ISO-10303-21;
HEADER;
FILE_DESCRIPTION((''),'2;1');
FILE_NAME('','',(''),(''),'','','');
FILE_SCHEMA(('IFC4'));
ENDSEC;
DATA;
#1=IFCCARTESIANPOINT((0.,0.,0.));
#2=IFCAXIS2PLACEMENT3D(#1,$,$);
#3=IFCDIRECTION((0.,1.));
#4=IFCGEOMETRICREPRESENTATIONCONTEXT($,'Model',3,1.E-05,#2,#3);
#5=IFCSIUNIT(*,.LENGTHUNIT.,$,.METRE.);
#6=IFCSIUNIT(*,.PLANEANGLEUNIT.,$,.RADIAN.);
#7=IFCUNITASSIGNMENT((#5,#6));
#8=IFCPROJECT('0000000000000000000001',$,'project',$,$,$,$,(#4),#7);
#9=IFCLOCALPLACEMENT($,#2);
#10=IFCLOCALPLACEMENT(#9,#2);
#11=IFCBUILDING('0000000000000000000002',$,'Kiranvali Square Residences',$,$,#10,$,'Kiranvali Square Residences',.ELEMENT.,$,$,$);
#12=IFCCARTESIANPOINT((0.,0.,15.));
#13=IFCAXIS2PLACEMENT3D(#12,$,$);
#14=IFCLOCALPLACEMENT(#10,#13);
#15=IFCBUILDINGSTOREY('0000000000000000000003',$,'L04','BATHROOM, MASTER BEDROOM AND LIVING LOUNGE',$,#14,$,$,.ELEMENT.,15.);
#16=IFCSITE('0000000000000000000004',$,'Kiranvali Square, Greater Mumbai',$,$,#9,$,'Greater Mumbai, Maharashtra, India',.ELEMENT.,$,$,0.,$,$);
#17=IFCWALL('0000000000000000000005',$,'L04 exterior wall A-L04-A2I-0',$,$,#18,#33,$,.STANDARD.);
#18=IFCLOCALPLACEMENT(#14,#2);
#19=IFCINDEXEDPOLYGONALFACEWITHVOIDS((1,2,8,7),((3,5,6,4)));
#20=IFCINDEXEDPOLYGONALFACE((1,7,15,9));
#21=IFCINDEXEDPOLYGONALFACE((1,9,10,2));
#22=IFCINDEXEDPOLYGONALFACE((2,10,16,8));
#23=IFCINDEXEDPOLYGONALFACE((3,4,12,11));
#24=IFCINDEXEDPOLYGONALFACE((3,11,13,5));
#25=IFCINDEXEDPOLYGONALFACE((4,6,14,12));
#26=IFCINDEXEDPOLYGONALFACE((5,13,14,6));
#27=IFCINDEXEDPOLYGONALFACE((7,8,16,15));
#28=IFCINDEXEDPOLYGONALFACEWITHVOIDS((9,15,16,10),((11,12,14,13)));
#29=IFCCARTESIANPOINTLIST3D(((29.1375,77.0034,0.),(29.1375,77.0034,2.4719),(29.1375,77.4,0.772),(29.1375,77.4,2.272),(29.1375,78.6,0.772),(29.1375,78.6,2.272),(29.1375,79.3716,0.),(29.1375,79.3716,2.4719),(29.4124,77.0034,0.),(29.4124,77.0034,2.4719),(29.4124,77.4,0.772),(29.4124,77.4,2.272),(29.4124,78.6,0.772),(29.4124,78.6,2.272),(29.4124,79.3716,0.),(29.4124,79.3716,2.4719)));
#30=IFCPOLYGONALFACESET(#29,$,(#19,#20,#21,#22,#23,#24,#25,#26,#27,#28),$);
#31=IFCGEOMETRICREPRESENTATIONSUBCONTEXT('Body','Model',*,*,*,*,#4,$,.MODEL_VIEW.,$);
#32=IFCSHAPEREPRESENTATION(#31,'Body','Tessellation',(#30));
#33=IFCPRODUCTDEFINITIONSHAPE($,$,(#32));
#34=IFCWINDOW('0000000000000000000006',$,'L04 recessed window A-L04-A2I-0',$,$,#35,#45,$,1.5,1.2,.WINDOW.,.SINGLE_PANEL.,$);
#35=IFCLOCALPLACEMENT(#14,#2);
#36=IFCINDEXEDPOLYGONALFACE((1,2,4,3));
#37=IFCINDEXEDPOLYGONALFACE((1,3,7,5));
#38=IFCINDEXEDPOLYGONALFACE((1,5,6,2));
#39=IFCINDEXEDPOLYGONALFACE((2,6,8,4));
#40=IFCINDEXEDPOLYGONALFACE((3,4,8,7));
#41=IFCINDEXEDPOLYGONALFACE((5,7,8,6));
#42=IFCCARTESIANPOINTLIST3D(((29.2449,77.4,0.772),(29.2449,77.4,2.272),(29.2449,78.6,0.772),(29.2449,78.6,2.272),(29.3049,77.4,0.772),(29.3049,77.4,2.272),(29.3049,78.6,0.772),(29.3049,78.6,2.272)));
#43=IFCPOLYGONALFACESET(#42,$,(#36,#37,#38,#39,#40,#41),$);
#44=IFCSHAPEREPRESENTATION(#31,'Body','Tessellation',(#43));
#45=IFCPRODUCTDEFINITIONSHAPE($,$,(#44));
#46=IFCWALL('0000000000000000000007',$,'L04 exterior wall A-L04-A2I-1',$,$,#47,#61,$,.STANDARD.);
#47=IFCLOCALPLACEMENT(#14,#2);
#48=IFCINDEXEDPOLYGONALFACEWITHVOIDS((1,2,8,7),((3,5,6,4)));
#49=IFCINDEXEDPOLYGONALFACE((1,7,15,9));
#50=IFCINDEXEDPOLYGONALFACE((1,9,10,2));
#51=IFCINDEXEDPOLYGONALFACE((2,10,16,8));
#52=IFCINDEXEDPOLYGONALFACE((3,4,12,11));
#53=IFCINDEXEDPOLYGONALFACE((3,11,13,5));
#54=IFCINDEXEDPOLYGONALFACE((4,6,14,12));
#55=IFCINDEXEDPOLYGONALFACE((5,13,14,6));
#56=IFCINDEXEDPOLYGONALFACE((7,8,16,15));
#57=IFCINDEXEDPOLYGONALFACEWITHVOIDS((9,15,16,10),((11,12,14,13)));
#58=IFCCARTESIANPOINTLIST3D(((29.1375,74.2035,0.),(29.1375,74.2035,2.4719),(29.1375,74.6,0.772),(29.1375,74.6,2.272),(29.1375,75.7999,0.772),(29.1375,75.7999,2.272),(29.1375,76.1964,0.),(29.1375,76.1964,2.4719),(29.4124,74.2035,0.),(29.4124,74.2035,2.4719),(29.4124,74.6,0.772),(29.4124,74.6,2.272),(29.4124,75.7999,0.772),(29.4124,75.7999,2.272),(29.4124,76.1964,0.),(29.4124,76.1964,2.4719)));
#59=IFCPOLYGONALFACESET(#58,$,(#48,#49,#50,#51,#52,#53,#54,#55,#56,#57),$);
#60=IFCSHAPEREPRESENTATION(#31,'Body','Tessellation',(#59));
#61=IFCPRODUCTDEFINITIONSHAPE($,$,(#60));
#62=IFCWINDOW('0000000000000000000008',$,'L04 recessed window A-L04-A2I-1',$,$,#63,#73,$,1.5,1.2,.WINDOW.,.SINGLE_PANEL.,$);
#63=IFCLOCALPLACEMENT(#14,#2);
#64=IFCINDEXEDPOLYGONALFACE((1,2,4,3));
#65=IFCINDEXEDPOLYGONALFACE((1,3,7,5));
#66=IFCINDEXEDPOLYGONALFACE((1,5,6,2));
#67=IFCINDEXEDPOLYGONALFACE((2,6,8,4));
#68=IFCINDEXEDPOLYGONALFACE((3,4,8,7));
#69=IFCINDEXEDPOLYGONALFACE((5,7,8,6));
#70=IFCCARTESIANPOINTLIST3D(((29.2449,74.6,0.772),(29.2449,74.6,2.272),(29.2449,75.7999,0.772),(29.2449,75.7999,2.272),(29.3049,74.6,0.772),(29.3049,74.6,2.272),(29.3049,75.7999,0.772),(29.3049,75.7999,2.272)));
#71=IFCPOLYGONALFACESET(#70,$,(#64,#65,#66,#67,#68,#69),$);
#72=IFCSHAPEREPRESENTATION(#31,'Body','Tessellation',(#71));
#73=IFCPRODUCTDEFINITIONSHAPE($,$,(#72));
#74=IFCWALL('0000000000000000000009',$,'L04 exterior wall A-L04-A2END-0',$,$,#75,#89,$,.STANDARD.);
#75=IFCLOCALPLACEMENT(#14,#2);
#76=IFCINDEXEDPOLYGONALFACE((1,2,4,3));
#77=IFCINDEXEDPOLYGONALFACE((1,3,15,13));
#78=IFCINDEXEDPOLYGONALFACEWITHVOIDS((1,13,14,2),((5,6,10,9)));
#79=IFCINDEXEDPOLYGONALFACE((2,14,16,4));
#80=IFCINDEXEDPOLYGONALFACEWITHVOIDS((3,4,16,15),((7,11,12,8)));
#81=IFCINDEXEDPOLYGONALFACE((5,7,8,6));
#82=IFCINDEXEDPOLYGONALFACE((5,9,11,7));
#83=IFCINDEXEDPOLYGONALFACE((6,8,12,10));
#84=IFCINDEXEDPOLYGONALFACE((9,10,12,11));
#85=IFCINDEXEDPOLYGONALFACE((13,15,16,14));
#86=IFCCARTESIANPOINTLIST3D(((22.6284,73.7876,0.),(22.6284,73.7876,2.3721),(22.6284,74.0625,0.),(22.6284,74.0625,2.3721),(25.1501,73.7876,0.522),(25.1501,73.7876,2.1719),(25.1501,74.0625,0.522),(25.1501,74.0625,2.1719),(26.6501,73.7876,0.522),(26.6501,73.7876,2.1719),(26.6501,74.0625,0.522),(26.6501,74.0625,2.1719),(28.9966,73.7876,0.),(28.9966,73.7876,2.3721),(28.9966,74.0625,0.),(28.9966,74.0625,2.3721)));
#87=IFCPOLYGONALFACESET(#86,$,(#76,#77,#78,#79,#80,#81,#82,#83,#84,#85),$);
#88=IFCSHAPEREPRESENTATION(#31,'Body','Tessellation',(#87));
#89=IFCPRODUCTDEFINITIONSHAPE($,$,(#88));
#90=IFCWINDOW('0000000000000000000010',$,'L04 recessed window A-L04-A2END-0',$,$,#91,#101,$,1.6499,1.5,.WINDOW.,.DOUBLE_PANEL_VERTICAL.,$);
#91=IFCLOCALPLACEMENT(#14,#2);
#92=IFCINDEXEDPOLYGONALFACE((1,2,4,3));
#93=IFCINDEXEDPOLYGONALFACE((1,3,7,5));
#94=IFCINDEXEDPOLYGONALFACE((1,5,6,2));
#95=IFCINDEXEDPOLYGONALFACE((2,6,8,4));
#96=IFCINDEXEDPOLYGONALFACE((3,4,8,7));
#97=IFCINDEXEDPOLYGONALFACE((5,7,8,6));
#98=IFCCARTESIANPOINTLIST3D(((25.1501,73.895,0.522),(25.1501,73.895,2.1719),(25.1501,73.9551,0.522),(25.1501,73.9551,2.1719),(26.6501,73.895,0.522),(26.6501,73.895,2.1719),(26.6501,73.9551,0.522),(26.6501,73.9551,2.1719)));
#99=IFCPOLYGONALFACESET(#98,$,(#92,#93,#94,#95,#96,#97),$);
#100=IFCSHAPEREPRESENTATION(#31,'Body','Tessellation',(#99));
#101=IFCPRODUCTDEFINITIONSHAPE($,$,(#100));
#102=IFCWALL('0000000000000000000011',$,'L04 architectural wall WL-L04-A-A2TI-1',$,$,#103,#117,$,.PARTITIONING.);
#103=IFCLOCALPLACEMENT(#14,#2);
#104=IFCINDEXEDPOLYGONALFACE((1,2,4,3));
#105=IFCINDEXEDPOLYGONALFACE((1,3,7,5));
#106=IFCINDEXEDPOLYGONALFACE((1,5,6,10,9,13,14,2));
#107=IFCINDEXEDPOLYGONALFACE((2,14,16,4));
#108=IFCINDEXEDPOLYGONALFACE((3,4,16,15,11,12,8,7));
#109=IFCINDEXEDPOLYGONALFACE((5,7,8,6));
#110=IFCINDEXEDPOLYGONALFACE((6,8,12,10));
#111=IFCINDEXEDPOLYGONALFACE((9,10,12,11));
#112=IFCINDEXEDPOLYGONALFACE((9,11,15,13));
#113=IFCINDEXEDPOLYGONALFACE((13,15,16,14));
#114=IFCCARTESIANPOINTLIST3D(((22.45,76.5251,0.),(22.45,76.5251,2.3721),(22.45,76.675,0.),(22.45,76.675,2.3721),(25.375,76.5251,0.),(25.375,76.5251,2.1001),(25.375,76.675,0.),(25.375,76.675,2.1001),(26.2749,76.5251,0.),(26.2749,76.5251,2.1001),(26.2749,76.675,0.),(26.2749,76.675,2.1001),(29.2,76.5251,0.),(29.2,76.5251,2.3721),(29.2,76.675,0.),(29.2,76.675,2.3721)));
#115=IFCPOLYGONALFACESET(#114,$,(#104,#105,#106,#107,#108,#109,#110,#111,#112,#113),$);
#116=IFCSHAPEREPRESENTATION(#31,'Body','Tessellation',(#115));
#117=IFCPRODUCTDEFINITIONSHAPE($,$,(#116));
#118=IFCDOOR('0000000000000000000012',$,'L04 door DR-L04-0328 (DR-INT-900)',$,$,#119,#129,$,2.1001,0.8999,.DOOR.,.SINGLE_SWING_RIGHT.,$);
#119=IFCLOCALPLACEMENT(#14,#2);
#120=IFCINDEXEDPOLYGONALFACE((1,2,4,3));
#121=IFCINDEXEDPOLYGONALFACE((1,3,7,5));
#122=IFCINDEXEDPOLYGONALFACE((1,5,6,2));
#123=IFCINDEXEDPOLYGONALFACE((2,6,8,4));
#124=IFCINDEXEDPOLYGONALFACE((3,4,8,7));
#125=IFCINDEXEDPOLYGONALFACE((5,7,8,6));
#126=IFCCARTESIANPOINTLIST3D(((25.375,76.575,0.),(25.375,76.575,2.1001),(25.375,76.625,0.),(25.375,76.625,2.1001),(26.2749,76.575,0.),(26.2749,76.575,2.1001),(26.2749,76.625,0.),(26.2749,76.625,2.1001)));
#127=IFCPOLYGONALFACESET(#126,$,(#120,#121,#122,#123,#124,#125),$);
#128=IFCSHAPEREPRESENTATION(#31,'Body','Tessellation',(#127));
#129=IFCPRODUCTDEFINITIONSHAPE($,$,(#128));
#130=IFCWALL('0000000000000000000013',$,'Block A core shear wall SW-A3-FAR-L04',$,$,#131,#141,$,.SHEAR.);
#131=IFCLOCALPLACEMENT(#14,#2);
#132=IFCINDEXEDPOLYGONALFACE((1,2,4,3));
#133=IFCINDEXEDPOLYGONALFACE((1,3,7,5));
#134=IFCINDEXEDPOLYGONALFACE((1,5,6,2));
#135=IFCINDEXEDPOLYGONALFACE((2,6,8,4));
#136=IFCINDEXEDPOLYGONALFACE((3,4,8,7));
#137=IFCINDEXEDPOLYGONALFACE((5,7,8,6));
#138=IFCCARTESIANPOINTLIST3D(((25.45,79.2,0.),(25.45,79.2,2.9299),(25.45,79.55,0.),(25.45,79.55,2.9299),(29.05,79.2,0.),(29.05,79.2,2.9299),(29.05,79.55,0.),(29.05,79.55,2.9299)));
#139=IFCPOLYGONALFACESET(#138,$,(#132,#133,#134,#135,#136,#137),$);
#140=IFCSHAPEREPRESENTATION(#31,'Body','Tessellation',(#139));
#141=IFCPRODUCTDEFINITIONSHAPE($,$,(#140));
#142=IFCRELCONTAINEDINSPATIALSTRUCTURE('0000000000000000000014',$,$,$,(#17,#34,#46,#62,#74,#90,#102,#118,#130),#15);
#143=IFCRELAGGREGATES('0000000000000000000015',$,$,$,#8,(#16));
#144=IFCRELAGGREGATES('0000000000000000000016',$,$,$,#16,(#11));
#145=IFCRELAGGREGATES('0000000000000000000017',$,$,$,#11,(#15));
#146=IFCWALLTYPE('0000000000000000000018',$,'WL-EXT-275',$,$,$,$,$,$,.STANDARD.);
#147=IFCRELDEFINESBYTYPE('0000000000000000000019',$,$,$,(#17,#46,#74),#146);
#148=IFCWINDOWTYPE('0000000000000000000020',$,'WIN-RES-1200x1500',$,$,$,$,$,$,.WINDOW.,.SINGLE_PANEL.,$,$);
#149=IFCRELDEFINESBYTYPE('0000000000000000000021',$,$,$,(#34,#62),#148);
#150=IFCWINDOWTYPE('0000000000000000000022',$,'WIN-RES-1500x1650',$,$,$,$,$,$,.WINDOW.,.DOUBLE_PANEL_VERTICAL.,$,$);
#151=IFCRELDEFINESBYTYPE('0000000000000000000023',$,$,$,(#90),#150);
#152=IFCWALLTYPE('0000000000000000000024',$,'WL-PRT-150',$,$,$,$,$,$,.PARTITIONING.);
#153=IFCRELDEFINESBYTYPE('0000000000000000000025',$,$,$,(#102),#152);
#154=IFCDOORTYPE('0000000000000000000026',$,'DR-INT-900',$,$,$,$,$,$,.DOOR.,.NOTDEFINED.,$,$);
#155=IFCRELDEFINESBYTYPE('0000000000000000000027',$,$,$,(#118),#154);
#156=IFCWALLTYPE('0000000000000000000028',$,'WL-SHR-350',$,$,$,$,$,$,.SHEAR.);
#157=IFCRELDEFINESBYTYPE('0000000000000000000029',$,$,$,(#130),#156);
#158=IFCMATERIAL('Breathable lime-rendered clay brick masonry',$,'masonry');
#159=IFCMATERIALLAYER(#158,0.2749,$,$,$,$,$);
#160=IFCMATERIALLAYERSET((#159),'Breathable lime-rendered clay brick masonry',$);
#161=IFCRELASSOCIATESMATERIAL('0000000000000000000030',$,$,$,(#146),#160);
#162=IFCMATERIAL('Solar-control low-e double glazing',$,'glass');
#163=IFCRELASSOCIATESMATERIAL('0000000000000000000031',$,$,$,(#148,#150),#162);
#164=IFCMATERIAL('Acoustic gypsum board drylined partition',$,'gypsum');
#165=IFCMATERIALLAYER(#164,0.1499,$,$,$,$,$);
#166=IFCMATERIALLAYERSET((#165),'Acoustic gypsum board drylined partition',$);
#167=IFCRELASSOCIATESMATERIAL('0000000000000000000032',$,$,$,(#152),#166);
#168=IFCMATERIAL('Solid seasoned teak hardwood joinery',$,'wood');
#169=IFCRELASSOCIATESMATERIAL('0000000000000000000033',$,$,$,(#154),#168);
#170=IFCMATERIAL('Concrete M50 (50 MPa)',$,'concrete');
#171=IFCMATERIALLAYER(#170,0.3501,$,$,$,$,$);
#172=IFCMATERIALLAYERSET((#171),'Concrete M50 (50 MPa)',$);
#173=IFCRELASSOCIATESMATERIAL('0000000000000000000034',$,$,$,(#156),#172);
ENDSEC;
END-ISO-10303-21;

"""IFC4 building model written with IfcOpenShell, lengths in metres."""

from ifc_helpers import new_model, si_unit, direction, frame, frame_2d, origin, place, context, subcontext, project, spatial, rectangle, extrude, material, layer, layer_set, type_object, element, fill, save


model = new_model("IFC4")

# Units and contexts
model_context = context("Model", 3, precision=1e-05, world=origin(), true_north=direction((0.0, 1.0)))
body_context = subcontext(model_context, "Body", "Model", "MODEL_VIEW")
ifc_project = project(units=[si_unit("LENGTHUNIT", "METRE"), si_unit("PLANEANGLEUNIT", "RADIAN")], contexts=[model_context])

# Site, building, storey
site_placement = place(None, origin())
site = spatial("IfcSite", under=ifc_project, at=site_placement, Name="Kiranvali Square, Greater Mumbai", LongName="Greater Mumbai, Maharashtra, India", CompositionType="ELEMENT", RefElevation=0.0)
building_placement = place(site_placement, origin())
building = spatial("IfcBuilding", under=site, at=building_placement, Name="Kiranvali Square Residences", LongName="Kiranvali Square Residences", CompositionType="ELEMENT")
storey_placement = place(building_placement, frame((0.0, 0.0, 15.0)))
storey = spatial("IfcBuildingStorey", under=building, at=storey_placement, Name="L04", Description="BATHROOM, MASTER BEDROOM AND LIVING LOUNGE", CompositionType="ELEMENT", Elevation=15.0)

# Shared definitions
ifc_material_1 = material(Name="Concrete M50 (50 MPa)", Category="concrete")

# Walls, openings, windows
ifc_material_2 = material(Name="Breathable lime-rendered clay brick masonry", Category="masonry")
ifc_layer_1 = layer(ifc_material_2, 0.2749)
ifc_layer_set_1 = layer_set([ifc_layer_1], Name="Breathable lime-rendered clay brick masonry")
wall_type_1 = type_object("IfcWallType", Name="WL-EXT-275", PredefinedType="STANDARD", material=ifc_layer_set_1)
wall_1_placement = place(storey_placement, frame((29.2749, 79.3716, 0.0), z_axis=(0.0, 0.0, 1.0), x_axis=(0.0, -1.0, 0.0)))
wall_1 = element("IfcWall", 1, at=wall_1_placement, inside=storey, type_object=wall_type_1, Name="L04 exterior wall A-L04-A2I-0", PredefinedType="STANDARD", context=body_context, shape_type="SweptSolid", body=[
    extrude(rectangle(XDim=2.3682, YDim=0.2749, at=frame_2d((1.1841, 0.0))), origin(), (0.0, 0.0, 1.0), 2.4719),
])
opening_1_placement = place(wall_1_placement, frame((0.7715, 0.0, 0.772)))
opening_1 = element("IfcOpeningElement", 2, at=opening_1_placement, cuts=wall_1, PredefinedType="OPENING", context=body_context, shape_type="SweptSolid", body=[
    extrude(rectangle(XDim=1.2, YDim=1.5, at=frame_2d((0.6001, 0.75))), frame((0.0, 0.1475, 0.0), z_axis=(0.0, -1.0, 0.0), x_axis=(1.0, 0.0, 0.0)), (0.0, 0.0, 1.0), 0.2949),
])
ifc_material_3 = material(Name="Solar-control low-e double glazing", Category="glass")
window_type_1 = type_object("IfcWindowType", Name="WIN-RES-1200x1500", PartitioningType="SINGLE_PANEL", PredefinedType="WINDOW", material=ifc_material_3)
window_1_placement = place(opening_1_placement, origin())
window_1 = element("IfcWindow", 3, at=window_1_placement, inside=storey, type_object=window_type_1, Name="L04 recessed window A-L04-A2I-0", OverallHeight=1.5, OverallWidth=1.2, PartitioningType="SINGLE_PANEL", PredefinedType="WINDOW", context=body_context, shape_type="SweptSolid", body=[
    extrude(rectangle(XDim=1.2, YDim=1.5, at=frame_2d((0.6001, 0.75))), frame((0.0, 0.03, 0.0), z_axis=(0.0, -1.0, 0.0), x_axis=(1.0, 0.0, 0.0)), (0.0, 0.0, 1.0), 0.0601),
])
fill(opening_1, window_1)
wall_2_placement = place(storey_placement, frame((29.2749, 76.1965, 0.0), z_axis=(0.0, 0.0, 1.0), x_axis=(0.0, -1.0, 0.0)))
wall_2 = element("IfcWall", 4, at=wall_2_placement, inside=storey, type_object=wall_type_1, Name="L04 exterior wall A-L04-A2I-1", PredefinedType="STANDARD", context=body_context, shape_type="SweptSolid", body=[
    extrude(rectangle(XDim=1.9929, YDim=0.2749, at=frame_2d((0.9966, 0.0))), origin(), (0.0, 0.0, 1.0), 2.4719),
])
opening_2_placement = place(wall_2_placement, frame((0.3965, 0.0, 0.772)))
opening_2 = element("IfcOpeningElement", 5, at=opening_2_placement, cuts=wall_2, PredefinedType="OPENING", context=body_context, shape_type="SweptSolid", body=[
    extrude(rectangle(XDim=1.2, YDim=1.5, at=frame_2d((0.6001, 0.75))), frame((0.0, 0.1475, 0.0), z_axis=(0.0, -1.0, 0.0), x_axis=(1.0, 0.0, 0.0)), (0.0, 0.0, 1.0), 0.2949),
])
window_2_placement = place(opening_2_placement, origin())
window_2 = element("IfcWindow", 6, at=window_2_placement, inside=storey, type_object=window_type_1, Name="L04 recessed window A-L04-A2I-1", OverallHeight=1.5, OverallWidth=1.2, PartitioningType="SINGLE_PANEL", PredefinedType="WINDOW", context=body_context, shape_type="SweptSolid", body=[
    extrude(rectangle(XDim=1.2, YDim=1.5, at=frame_2d((0.6001, 0.75))), frame((0.0, 0.03, 0.0), z_axis=(0.0, -1.0, 0.0), x_axis=(1.0, 0.0, 0.0)), (0.0, 0.0, 1.0), 0.0601),
])
fill(opening_2, window_2)
wall_3_placement = place(storey_placement, frame((28.9966, 73.925, 0.0), z_axis=(0.0, 0.0, 1.0), x_axis=(-1.0, 0.0, 0.0)))
wall_3 = element("IfcWall", 7, at=wall_3_placement, inside=storey, type_object=wall_type_1, Name="L04 exterior wall A-L04-A2END-0", PredefinedType="STANDARD", context=body_context, shape_type="SweptSolid", body=[
    extrude(rectangle(XDim=6.3682, YDim=0.2749, at=frame_2d((3.1841, 0.0))), origin(), (0.0, 0.0, 1.0), 2.3721),
])
opening_3_placement = place(wall_3_placement, frame((2.3464, 0.0, 0.522)))
opening_3 = element("IfcOpeningElement", 8, at=opening_3_placement, cuts=wall_3, PredefinedType="OPENING", context=body_context, shape_type="SweptSolid", body=[
    extrude(rectangle(XDim=1.5, YDim=1.6499, at=frame_2d((0.75, 0.825))), frame((0.0, 0.1475, 0.0), z_axis=(0.0, -1.0, 0.0), x_axis=(1.0, 0.0, 0.0)), (0.0, 0.0, 1.0), 0.2949),
])
window_type_2 = type_object("IfcWindowType", Name="WIN-RES-1500x1650", PartitioningType="DOUBLE_PANEL_VERTICAL", PredefinedType="WINDOW", material=ifc_material_3)
window_3_placement = place(opening_3_placement, origin())
window_3 = element("IfcWindow", 9, at=window_3_placement, inside=storey, type_object=window_type_2, Name="L04 recessed window A-L04-A2END-0", OverallHeight=1.6499, OverallWidth=1.5, PartitioningType="DOUBLE_PANEL_VERTICAL", PredefinedType="WINDOW", context=body_context, shape_type="SweptSolid", body=[
    extrude(rectangle(XDim=1.5, YDim=1.6499, at=frame_2d((0.75, 0.825))), frame((0.0, 0.03, 0.0), z_axis=(0.0, -1.0, 0.0), x_axis=(1.0, 0.0, 0.0)), (0.0, 0.0, 1.0), 0.0601),
])
fill(opening_3, window_3)

# Wall, opening, door
ifc_material_4 = material(Name="Acoustic gypsum board drylined partition", Category="gypsum")
ifc_layer_2 = layer(ifc_material_4, 0.1499)
ifc_layer_set_2 = layer_set([ifc_layer_2], Name="Acoustic gypsum board drylined partition")
wall_type_2 = type_object("IfcWallType", Name="WL-PRT-150", PredefinedType="PARTITIONING", material=ifc_layer_set_2)
wall_4_placement = place(storey_placement, frame((29.2, 76.6001, 0.0), z_axis=(0.0, 0.0, 1.0), x_axis=(-1.0, 0.0, 0.0)))
wall_4 = element("IfcWall", 10, at=wall_4_placement, inside=storey, type_object=wall_type_2, Name="L04 architectural wall WL-L04-A-A2TI-1", PredefinedType="PARTITIONING", context=body_context, shape_type="SweptSolid", body=[
    extrude(rectangle(XDim=6.75, YDim=0.1499, at=frame_2d((3.375, 0.0))), origin(), (0.0, 0.0, 1.0), 2.3721),
])
opening_4_placement = place(wall_4_placement, frame((2.925, 0.0, 0.0)))
opening_4 = element("IfcOpeningElement", 11, at=opening_4_placement, cuts=wall_4, PredefinedType="OPENING", context=body_context, shape_type="SweptSolid", body=[
    extrude(rectangle(XDim=0.8999, YDim=2.1001, at=frame_2d((0.45, 1.05))), frame((0.0, 0.085, 0.0), z_axis=(0.0, -1.0, 0.0), x_axis=(1.0, 0.0, 0.0)), (0.0, 0.0, 1.0), 0.1699),
])
ifc_material_5 = material(Name="Solid seasoned teak hardwood joinery", Category="wood")
door_type = type_object("IfcDoorType", Name="DR-INT-900", OperationType="NOTDEFINED", PredefinedType="DOOR", material=ifc_material_5)
door_placement = place(opening_4_placement, frame((0.8999, 0.0, 0.0), z_axis=(0.0, 0.0, 1.0), x_axis=(-1.0, 0.0, 0.0)))
door = element("IfcDoor", 12, at=door_placement, inside=storey, type_object=door_type, Name="L04 door DR-L04-0328 (DR-INT-900)", OperationType="SINGLE_SWING_RIGHT", OverallHeight=2.1001, OverallWidth=0.8999, PredefinedType="DOOR", context=body_context, shape_type="SweptSolid", body=[
    extrude(rectangle(XDim=0.8999, YDim=2.1001, at=frame_2d((0.45, 1.05))), frame((0.0, 0.0249, 0.0), z_axis=(0.0, -1.0, 0.0), x_axis=(1.0, 0.0, 0.0)), (0.0, 0.0, 1.0), 0.05),
])
fill(opening_4, door)

# Wall
ifc_layer_3 = layer(ifc_material_1, 0.3501)
ifc_layer_set_3 = layer_set([ifc_layer_3], Name="Concrete M50 (50 MPa)")
wall_type_3 = type_object("IfcWallType", Name="WL-SHR-350", PredefinedType="SHEAR", material=ifc_layer_set_3)
wall_5_placement = place(storey_placement, frame((29.05, 79.375, 0.0), z_axis=(0.0, 0.0, 1.0), x_axis=(-1.0, 0.0, 0.0)))
element("IfcWall", 13, at=wall_5_placement, inside=storey, type_object=wall_type_3, Name="Block A core shear wall SW-A3-FAR-L04", PredefinedType="SHEAR", context=body_context, shape_type="SweptSolid", body=[
    extrude(rectangle(XDim=3.6001, YDim=0.3501, at=frame_2d((1.8, 0.0))), origin(), (0.0, 0.0, 1.0), 2.9299),
])

save(model, "model.ifc")
